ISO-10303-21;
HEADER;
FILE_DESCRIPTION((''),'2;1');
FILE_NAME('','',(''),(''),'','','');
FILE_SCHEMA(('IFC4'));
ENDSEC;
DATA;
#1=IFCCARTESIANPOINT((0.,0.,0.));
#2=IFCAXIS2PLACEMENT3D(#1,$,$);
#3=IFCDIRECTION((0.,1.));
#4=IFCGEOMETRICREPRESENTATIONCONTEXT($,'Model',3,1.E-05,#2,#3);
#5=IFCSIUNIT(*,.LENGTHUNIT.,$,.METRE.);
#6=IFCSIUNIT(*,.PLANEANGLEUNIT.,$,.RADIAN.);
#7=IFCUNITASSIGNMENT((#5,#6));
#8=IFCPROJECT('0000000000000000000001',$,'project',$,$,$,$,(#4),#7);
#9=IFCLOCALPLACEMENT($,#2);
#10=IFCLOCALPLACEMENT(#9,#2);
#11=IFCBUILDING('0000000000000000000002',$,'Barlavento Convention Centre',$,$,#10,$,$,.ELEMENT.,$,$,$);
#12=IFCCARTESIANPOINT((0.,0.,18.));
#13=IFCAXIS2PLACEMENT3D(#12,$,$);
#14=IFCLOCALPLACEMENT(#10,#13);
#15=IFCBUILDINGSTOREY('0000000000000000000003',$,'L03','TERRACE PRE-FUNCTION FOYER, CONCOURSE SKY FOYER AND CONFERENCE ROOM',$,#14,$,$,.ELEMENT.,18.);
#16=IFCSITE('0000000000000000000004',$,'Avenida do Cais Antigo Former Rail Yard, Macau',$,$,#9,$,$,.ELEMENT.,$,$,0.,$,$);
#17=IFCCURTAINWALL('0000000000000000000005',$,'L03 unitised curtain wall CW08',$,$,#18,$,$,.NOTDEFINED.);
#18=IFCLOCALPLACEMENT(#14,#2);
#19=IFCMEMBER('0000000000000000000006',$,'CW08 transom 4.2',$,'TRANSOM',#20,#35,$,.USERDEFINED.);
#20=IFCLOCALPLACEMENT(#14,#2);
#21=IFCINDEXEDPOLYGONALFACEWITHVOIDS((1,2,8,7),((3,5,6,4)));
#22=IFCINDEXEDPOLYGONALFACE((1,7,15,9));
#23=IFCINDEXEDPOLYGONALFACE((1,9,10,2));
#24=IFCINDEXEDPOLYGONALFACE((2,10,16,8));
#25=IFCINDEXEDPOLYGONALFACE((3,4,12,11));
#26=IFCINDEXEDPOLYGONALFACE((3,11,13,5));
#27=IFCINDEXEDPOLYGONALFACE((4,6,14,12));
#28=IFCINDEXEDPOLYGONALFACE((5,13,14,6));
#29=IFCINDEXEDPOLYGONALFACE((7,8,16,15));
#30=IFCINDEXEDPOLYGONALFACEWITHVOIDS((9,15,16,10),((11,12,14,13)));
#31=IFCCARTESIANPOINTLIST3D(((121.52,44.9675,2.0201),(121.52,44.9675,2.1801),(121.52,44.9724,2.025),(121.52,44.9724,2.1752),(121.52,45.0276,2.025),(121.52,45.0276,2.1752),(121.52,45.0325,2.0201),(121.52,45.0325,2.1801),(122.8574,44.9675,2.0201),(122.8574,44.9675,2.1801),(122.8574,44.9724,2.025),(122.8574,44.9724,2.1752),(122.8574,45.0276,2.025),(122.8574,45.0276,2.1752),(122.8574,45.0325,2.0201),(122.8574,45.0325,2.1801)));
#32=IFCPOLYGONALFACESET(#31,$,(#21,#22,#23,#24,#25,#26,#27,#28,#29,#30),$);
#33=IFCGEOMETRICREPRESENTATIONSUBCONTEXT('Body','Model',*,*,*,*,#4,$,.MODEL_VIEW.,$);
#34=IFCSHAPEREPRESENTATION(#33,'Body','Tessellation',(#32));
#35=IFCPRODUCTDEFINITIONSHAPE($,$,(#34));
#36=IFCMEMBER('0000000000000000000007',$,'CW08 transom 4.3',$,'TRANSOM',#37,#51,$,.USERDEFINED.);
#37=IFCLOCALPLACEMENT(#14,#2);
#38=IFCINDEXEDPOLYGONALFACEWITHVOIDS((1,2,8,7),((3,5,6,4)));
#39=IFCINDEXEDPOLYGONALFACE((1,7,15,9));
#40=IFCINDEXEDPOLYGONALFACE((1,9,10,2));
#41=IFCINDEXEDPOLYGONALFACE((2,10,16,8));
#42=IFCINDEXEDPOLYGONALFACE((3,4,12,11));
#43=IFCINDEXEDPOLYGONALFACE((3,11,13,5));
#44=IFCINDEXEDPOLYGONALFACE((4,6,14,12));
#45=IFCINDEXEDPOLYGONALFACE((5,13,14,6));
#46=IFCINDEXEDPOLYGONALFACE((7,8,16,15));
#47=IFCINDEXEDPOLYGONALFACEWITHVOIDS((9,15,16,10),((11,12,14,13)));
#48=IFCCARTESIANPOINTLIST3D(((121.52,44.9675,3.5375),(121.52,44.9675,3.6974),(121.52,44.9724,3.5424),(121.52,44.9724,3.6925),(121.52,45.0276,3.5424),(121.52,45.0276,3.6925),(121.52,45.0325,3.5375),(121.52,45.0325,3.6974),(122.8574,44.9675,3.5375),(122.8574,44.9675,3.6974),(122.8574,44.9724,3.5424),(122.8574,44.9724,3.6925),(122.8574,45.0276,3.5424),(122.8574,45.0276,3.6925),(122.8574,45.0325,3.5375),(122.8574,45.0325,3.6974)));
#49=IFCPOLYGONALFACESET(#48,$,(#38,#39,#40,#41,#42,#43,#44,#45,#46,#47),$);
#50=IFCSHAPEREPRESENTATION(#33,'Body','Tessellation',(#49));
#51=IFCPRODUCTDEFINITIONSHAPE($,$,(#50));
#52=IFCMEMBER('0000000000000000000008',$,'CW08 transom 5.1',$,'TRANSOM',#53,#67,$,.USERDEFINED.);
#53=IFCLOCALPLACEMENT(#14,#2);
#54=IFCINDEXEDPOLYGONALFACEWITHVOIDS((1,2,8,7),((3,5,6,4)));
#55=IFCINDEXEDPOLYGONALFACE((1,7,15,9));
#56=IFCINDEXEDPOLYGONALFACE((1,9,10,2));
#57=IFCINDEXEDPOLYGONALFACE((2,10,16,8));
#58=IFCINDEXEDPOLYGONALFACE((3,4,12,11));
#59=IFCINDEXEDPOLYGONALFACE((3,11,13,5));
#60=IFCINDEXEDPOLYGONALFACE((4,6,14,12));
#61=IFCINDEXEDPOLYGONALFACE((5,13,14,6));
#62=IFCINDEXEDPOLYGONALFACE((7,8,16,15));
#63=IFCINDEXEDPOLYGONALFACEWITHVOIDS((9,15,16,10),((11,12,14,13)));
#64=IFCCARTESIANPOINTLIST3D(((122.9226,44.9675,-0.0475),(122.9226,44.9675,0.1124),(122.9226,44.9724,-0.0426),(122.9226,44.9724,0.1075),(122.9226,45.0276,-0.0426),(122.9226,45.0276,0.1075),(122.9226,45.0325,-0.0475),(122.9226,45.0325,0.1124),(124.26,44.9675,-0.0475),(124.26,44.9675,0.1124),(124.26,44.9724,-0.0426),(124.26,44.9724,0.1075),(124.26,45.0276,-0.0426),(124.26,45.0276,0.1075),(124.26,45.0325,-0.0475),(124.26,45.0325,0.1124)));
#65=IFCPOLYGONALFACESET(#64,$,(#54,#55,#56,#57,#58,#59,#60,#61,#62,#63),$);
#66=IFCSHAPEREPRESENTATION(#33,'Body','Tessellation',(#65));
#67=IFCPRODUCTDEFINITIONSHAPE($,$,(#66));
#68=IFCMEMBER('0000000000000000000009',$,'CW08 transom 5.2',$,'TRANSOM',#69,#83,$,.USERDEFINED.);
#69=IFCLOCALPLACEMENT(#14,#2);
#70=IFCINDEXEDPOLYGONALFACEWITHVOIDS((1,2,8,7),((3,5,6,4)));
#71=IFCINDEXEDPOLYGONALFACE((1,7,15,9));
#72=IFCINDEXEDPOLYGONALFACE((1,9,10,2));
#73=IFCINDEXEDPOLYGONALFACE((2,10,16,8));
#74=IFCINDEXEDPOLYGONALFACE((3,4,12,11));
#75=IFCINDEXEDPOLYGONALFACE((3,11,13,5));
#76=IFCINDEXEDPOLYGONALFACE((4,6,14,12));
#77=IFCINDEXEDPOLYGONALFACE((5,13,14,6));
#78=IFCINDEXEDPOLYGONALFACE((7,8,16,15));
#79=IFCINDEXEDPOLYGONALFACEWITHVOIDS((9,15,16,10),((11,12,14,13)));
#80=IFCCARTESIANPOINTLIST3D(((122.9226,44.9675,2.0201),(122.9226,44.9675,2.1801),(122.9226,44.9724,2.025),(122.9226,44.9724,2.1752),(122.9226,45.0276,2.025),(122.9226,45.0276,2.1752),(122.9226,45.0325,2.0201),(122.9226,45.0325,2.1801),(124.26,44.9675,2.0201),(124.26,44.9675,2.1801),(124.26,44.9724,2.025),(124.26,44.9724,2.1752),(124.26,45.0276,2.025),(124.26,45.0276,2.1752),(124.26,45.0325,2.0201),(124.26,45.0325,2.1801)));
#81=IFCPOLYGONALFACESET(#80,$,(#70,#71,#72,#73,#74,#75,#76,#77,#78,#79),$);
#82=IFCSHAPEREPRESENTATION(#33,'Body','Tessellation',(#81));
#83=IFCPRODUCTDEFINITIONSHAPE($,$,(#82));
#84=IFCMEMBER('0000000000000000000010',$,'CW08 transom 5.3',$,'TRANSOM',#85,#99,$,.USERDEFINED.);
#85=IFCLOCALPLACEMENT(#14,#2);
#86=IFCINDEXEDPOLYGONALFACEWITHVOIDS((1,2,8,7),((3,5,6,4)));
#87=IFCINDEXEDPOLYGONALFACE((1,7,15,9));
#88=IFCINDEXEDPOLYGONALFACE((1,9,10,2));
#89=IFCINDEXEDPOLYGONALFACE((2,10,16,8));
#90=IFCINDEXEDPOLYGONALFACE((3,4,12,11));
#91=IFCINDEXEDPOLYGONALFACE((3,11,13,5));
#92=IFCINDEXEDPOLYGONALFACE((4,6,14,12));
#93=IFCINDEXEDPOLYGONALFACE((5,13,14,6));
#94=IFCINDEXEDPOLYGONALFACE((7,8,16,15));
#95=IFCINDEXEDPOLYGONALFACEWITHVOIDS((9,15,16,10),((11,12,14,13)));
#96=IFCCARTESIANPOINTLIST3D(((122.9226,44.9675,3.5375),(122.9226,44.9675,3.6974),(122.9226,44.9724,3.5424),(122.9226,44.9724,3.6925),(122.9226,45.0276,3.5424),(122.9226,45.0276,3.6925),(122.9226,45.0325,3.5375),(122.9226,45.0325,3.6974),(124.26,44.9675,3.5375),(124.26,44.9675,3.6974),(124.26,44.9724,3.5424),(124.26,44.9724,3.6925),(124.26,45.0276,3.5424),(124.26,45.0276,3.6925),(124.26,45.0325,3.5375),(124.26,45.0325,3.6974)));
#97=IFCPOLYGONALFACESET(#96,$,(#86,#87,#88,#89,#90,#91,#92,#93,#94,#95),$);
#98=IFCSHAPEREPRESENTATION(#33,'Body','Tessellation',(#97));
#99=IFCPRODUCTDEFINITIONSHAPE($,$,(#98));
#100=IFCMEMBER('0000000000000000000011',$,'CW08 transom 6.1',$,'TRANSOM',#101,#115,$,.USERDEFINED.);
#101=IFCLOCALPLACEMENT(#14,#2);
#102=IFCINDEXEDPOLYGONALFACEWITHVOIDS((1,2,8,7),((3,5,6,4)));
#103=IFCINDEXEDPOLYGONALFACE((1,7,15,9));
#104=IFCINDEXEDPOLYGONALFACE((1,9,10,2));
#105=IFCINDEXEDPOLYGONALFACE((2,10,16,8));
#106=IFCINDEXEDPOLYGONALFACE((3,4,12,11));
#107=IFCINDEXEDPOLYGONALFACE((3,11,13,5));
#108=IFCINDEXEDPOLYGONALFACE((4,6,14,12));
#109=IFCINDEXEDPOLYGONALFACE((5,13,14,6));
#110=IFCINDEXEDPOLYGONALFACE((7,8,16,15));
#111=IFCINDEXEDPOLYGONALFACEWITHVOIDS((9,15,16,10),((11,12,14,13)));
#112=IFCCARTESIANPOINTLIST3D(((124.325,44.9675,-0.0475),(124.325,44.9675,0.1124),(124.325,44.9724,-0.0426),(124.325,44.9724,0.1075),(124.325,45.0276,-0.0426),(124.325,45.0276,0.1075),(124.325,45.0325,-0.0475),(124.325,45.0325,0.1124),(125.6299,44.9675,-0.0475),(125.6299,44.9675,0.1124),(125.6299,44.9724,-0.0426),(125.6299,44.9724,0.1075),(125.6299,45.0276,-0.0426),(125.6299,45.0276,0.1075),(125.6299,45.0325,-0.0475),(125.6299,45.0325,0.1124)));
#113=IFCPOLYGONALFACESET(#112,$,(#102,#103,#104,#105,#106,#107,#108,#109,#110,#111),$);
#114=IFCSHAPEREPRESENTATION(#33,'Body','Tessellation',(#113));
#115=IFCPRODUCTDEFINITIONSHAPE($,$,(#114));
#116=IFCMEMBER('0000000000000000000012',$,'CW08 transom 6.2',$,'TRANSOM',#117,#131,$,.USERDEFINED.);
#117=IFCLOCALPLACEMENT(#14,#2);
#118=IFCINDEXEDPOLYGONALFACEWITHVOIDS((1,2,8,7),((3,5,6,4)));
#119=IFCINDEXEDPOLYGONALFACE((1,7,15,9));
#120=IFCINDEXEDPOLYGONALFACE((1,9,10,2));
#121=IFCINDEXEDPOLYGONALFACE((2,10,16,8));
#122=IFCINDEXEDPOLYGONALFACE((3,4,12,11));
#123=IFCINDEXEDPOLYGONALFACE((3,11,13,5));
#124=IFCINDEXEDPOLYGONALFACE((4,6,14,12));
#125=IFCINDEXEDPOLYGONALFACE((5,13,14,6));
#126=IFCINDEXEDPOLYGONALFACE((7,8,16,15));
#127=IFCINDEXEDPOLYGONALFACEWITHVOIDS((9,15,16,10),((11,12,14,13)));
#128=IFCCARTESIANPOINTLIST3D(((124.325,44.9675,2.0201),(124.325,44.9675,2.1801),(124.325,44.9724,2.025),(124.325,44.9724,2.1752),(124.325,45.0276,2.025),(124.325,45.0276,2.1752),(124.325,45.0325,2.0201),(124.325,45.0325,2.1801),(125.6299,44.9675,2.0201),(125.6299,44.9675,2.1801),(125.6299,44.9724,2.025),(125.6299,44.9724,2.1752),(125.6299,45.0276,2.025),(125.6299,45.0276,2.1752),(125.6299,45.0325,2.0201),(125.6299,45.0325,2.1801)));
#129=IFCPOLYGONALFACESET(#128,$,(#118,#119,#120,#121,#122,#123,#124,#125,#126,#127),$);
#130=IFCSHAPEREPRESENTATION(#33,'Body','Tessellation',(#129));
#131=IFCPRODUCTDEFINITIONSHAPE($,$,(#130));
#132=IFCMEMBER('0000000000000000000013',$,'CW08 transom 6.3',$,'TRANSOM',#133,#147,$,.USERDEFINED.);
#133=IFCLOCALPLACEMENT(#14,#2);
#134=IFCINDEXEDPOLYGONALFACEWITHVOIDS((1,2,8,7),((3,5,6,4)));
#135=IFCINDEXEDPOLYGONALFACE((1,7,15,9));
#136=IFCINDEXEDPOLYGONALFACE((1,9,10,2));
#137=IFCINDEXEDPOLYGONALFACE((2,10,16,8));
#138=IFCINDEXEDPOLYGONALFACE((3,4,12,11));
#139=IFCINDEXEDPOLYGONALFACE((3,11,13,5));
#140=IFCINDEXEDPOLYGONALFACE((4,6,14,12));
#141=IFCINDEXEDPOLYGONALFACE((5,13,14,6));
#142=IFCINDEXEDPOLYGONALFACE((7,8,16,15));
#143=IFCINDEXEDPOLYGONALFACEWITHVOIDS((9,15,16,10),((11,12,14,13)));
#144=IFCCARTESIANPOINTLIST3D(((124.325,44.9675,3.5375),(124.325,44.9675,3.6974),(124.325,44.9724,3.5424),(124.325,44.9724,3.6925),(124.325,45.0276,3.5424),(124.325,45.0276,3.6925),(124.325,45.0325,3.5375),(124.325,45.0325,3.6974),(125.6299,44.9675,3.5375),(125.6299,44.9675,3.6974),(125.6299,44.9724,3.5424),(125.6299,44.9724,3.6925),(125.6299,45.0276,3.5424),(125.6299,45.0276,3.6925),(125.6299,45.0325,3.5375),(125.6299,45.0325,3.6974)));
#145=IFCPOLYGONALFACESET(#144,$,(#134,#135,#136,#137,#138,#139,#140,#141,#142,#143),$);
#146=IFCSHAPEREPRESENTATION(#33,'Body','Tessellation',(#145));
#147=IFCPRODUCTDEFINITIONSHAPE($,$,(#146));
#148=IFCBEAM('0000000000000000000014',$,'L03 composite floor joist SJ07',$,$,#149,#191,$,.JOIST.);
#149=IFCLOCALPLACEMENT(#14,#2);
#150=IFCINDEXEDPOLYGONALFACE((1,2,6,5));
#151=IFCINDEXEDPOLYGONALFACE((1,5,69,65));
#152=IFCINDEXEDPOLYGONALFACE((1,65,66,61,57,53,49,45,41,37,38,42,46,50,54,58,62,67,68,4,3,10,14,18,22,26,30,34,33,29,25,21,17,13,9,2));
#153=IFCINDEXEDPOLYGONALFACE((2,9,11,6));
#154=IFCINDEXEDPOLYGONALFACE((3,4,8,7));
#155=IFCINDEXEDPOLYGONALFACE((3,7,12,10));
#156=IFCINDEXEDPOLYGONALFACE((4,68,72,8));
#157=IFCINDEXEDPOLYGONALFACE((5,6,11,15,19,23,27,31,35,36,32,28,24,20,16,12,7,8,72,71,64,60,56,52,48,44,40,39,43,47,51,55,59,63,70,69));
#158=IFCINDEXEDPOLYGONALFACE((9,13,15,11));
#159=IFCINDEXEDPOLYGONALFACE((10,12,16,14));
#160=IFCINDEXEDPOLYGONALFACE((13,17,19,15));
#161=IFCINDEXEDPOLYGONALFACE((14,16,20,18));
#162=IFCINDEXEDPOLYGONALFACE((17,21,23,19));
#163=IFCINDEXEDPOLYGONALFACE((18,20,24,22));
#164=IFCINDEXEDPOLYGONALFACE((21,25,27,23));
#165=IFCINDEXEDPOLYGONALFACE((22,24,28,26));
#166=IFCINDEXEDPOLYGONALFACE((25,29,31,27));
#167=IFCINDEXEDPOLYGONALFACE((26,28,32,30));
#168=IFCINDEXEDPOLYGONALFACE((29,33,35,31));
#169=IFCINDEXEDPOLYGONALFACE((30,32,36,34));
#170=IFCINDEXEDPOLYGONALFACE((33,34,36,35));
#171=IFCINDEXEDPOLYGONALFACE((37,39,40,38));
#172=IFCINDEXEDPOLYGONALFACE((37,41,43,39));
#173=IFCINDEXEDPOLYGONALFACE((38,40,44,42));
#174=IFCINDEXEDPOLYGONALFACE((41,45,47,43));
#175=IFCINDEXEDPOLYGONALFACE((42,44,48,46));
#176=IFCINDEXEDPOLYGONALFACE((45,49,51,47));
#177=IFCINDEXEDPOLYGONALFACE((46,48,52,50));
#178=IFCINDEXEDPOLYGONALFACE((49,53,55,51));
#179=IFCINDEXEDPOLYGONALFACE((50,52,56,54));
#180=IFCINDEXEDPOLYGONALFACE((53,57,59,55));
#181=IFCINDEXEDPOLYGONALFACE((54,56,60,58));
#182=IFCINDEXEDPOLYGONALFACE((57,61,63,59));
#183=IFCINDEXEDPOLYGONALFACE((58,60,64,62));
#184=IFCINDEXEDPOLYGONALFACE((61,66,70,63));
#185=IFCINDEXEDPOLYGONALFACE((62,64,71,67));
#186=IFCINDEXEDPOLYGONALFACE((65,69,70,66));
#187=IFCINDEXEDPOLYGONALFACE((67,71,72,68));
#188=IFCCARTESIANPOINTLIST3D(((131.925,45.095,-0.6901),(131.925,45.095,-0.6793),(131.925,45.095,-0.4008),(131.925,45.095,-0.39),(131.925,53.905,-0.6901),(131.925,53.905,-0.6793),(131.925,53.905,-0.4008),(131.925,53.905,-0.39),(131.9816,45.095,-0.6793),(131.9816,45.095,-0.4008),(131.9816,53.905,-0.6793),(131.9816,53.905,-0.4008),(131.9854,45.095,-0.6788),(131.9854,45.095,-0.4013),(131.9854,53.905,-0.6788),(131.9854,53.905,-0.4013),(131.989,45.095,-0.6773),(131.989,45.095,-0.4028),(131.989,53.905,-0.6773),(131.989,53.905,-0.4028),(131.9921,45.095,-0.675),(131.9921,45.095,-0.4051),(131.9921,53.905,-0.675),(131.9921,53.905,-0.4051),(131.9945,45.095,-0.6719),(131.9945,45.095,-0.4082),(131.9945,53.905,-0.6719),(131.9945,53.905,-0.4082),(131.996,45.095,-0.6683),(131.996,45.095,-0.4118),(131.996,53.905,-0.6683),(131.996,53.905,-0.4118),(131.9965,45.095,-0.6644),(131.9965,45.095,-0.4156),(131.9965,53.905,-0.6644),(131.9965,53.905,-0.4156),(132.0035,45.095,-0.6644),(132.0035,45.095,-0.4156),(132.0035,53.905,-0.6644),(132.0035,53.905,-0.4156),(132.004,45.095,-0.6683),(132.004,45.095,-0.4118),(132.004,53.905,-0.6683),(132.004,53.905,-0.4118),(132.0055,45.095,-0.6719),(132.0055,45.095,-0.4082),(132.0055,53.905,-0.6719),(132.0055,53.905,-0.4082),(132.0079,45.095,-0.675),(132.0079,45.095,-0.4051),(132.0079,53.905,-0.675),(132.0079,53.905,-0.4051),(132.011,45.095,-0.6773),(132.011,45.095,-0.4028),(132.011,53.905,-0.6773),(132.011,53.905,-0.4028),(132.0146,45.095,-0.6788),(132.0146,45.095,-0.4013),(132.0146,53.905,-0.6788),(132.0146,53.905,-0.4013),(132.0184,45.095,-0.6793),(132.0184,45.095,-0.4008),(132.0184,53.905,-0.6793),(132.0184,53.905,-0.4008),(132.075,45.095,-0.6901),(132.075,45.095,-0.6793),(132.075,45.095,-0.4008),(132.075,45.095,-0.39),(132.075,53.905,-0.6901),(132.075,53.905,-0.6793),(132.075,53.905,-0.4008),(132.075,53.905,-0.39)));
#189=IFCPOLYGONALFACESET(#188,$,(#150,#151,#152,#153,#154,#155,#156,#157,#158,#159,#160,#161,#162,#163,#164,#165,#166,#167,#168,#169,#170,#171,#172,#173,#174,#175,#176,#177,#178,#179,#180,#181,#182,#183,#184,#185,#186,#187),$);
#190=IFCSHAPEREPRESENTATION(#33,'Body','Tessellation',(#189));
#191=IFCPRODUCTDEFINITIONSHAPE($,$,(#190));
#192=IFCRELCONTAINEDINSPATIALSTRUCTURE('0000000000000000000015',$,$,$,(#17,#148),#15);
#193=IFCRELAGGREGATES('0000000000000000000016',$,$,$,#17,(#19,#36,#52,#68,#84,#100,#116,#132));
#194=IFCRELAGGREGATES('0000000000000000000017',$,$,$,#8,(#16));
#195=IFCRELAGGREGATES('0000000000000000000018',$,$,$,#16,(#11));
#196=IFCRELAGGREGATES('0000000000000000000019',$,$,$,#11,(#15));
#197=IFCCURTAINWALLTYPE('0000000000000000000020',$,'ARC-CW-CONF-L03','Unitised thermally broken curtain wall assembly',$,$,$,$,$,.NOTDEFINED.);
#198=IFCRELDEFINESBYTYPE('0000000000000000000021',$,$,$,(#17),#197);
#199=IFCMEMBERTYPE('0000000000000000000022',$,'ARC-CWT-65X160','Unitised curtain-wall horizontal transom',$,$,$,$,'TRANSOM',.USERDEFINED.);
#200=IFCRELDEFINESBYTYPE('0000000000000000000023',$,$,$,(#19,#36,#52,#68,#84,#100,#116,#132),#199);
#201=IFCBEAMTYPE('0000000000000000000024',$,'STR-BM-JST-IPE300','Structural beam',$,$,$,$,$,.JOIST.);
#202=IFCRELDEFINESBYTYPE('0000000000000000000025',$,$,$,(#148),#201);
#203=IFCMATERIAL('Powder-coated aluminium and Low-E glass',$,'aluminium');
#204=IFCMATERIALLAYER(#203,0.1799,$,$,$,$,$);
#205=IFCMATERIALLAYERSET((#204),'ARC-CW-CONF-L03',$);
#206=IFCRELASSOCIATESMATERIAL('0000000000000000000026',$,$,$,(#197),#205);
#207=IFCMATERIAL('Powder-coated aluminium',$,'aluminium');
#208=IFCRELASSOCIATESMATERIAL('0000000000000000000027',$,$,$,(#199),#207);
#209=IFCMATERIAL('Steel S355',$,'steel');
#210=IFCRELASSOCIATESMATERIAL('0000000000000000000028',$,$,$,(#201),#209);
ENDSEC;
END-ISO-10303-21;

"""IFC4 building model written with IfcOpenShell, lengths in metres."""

from ifc_helpers import new_model, si_unit, direction, frame, origin, origin_2d, place, context, subcontext, project, spatial, hollow_rectangle, i_section, extrude, material, layer, layer_set, material_profile, profile_set, type_object, element, aggregate, save


model = new_model("IFC4")

# Units and contexts
model_context = context("Model", 3, precision=1e-05, world=origin(), true_north=direction((0.0, 1.0)))
body_context = subcontext(model_context, "Body", "Model", "MODEL_VIEW")
ifc_project = project(units=[si_unit("LENGTHUNIT", "METRE"), si_unit("PLANEANGLEUNIT", "RADIAN")], contexts=[model_context])

# Site, building, storey
site_placement = place(None, origin())
site = spatial("IfcSite", under=ifc_project, at=site_placement, Name="Avenida do Cais Antigo Former Rail Yard, Macau", CompositionType="ELEMENT", RefElevation=0.0)
building_placement = place(site_placement, origin())
building = spatial("IfcBuilding", under=site, at=building_placement, Name="Barlavento Convention Centre", CompositionType="ELEMENT")
storey_placement = place(building_placement, frame((0.0, 0.0, 18.0)))
storey = spatial("IfcBuildingStorey", under=building, at=storey_placement, Name="L03", Description="TERRACE PRE-FUNCTION FOYER, CONCOURSE SKY FOYER AND CONFERENCE ROOM", CompositionType="ELEMENT", Elevation=18.0)

# Shared definitions
ifc_material_1 = material(Name="Steel S355", Category="steel")

# Curtain wall, members
ifc_material_2 = material(Name="Powder-coated aluminium and Low-E glass", Category="aluminium")
ifc_layer_1 = layer(ifc_material_2, 0.1799)
ifc_layer_set_1 = layer_set([ifc_layer_1], Name="ARC-CW-CONF-L03")
curtain_wall_type = type_object("IfcCurtainWallType", Name="ARC-CW-CONF-L03", Description="Unitised thermally broken curtain wall assembly", PredefinedType="NOTDEFINED", material=ifc_layer_set_1)
curtain_wall_placement = place(storey_placement, origin())
curtain_wall = element("IfcCurtainWall", 1, at=curtain_wall_placement, inside=storey, type_object=curtain_wall_type, Name="L03 unitised curtain wall CW08", PredefinedType="NOTDEFINED")
ifc_material_3 = material(Name="Powder-coated aluminium", Category="aluminium")
ifc_material_profile_1 = material_profile(ifc_material_3, hollow_rectangle(XDim=0.0649, YDim=0.1599, WallThickness=0.0049, at=origin_2d()), Name="AL-TRAN 65x160x5")
ifc_profile_set_1 = profile_set([ifc_material_profile_1], Name="Powder-coated aluminium")
member_type_1 = type_object("IfcMemberType", Name="ARC-CWT-65X160", Description="Unitised curtain-wall horizontal transom", ElementType="TRANSOM", PredefinedType="USERDEFINED", material=ifc_profile_set_1)
member_1_placement = place(storey_placement, frame((121.52, 45.0, 2.1001), z_axis=(1.0, 0.0, 0.0), x_axis=(0.0, 1.0, 0.0)))
member_1 = element("IfcMember", 2, at=member_1_placement, type_object=member_type_1, Name="CW08 transom 4.2", ObjectType="TRANSOM", PredefinedType="USERDEFINED", context=body_context, shape_type="SweptSolid", body=[
    extrude(hollow_rectangle(XDim=0.0649, YDim=0.1599, WallThickness=0.0049, at=origin_2d()), origin(), (0.0, 0.0, 1.0), 1.3374),
])
member_2_placement = place(storey_placement, frame((121.52, 45.0, 3.6174), z_axis=(1.0, 0.0, 0.0), x_axis=(0.0, 1.0, 0.0)))
member_2 = element("IfcMember", 3, at=member_2_placement, type_object=member_type_1, Name="CW08 transom 4.3", ObjectType="TRANSOM", PredefinedType="USERDEFINED", context=body_context, shape_type="SweptSolid", body=[
    extrude(hollow_rectangle(XDim=0.0649, YDim=0.1599, WallThickness=0.0049, at=origin_2d()), origin(), (0.0, 0.0, 1.0), 1.3374),
])
member_3_placement = place(storey_placement, frame((122.9226, 45.0, 0.0325), z_axis=(1.0, 0.0, 0.0), x_axis=(0.0, 1.0, 0.0)))
member_3 = element("IfcMember", 4, at=member_3_placement, type_object=member_type_1, Name="CW08 transom 5.1", ObjectType="TRANSOM", PredefinedType="USERDEFINED", context=body_context, shape_type="SweptSolid", body=[
    extrude(hollow_rectangle(XDim=0.0649, YDim=0.1599, WallThickness=0.0049, at=origin_2d()), origin(), (0.0, 0.0, 1.0), 1.3374),
])
member_4_placement = place(storey_placement, frame((122.9226, 45.0, 2.1001), z_axis=(1.0, 0.0, 0.0), x_axis=(0.0, 1.0, 0.0)))
member_4 = element("IfcMember", 5, at=member_4_placement, type_object=member_type_1, Name="CW08 transom 5.2", ObjectType="TRANSOM", PredefinedType="USERDEFINED", context=body_context, shape_type="SweptSolid", body=[
    extrude(hollow_rectangle(XDim=0.0649, YDim=0.1599, WallThickness=0.0049, at=origin_2d()), origin(), (0.0, 0.0, 1.0), 1.3374),
])
member_5_placement = place(storey_placement, frame((122.9226, 45.0, 3.6174), z_axis=(1.0, 0.0, 0.0), x_axis=(0.0, 1.0, 0.0)))
member_5 = element("IfcMember", 6, at=member_5_placement, type_object=member_type_1, Name="CW08 transom 5.3", ObjectType="TRANSOM", PredefinedType="USERDEFINED", context=body_context, shape_type="SweptSolid", body=[
    extrude(hollow_rectangle(XDim=0.0649, YDim=0.1599, WallThickness=0.0049, at=origin_2d()), origin(), (0.0, 0.0, 1.0), 1.3374),
])
member_6_placement = place(storey_placement, frame((124.325, 45.0, 0.0325), z_axis=(1.0, 0.0, 0.0), x_axis=(0.0, 1.0, 0.0)))
member_6 = element("IfcMember", 7, at=member_6_placement, type_object=member_type_1, Name="CW08 transom 6.1", ObjectType="TRANSOM", PredefinedType="USERDEFINED", context=body_context, shape_type="SweptSolid", body=[
    extrude(hollow_rectangle(XDim=0.0649, YDim=0.1599, WallThickness=0.0049, at=origin_2d()), origin(), (0.0, 0.0, 1.0), 1.3049),
])
member_7_placement = place(storey_placement, frame((124.325, 45.0, 2.1001), z_axis=(1.0, 0.0, 0.0), x_axis=(0.0, 1.0, 0.0)))
member_7 = element("IfcMember", 8, at=member_7_placement, type_object=member_type_1, Name="CW08 transom 6.2", ObjectType="TRANSOM", PredefinedType="USERDEFINED", context=body_context, shape_type="SweptSolid", body=[
    extrude(hollow_rectangle(XDim=0.0649, YDim=0.1599, WallThickness=0.0049, at=origin_2d()), origin(), (0.0, 0.0, 1.0), 1.3049),
])
member_8_placement = place(storey_placement, frame((124.325, 45.0, 3.6174), z_axis=(1.0, 0.0, 0.0), x_axis=(0.0, 1.0, 0.0)))
member_8 = element("IfcMember", 9, at=member_8_placement, type_object=member_type_1, Name="CW08 transom 6.3", ObjectType="TRANSOM", PredefinedType="USERDEFINED", context=body_context, shape_type="SweptSolid", body=[
    extrude(hollow_rectangle(XDim=0.0649, YDim=0.1599, WallThickness=0.0049, at=origin_2d()), origin(), (0.0, 0.0, 1.0), 1.3049),
])

# Beam
ifc_material_profile_2 = material_profile(ifc_material_1, i_section(OverallWidth=0.1499, OverallDepth=0.3, WebThickness=0.0071, FlangeThickness=0.0107, FilletRadius=0.0149, at=origin_2d()), Name="IPE 300")
ifc_profile_set_2 = profile_set([ifc_material_profile_2], Name="Steel S355")
beam_type_1 = type_object("IfcBeamType", Name="STR-BM-JST-IPE300", Description="Structural beam", PredefinedType="JOIST", material=ifc_profile_set_2)
beam_1_placement = place(storey_placement, frame((132.0, 45.095, -0.54), z_axis=(0.0, 1.0, 0.0), x_axis=(-1.0, 0.0, 0.0)))
element("IfcBeam", 10, at=beam_1_placement, inside=storey, type_object=beam_type_1, Name="L03 composite floor joist SJ07", PredefinedType="JOIST", context=body_context, shape_type="SweptSolid", body=[
    extrude(i_section(OverallWidth=0.1499, OverallDepth=0.3, WebThickness=0.0071, FlangeThickness=0.0107, FilletRadius=0.0149, at=origin_2d()), origin(), (0.0, 0.0, 1.0), 8.8101),
])

aggregate(curtain_wall, [member_1, member_2, member_3, member_4, member_5, member_6, member_7, member_8])

save(model, "model.ifc")
